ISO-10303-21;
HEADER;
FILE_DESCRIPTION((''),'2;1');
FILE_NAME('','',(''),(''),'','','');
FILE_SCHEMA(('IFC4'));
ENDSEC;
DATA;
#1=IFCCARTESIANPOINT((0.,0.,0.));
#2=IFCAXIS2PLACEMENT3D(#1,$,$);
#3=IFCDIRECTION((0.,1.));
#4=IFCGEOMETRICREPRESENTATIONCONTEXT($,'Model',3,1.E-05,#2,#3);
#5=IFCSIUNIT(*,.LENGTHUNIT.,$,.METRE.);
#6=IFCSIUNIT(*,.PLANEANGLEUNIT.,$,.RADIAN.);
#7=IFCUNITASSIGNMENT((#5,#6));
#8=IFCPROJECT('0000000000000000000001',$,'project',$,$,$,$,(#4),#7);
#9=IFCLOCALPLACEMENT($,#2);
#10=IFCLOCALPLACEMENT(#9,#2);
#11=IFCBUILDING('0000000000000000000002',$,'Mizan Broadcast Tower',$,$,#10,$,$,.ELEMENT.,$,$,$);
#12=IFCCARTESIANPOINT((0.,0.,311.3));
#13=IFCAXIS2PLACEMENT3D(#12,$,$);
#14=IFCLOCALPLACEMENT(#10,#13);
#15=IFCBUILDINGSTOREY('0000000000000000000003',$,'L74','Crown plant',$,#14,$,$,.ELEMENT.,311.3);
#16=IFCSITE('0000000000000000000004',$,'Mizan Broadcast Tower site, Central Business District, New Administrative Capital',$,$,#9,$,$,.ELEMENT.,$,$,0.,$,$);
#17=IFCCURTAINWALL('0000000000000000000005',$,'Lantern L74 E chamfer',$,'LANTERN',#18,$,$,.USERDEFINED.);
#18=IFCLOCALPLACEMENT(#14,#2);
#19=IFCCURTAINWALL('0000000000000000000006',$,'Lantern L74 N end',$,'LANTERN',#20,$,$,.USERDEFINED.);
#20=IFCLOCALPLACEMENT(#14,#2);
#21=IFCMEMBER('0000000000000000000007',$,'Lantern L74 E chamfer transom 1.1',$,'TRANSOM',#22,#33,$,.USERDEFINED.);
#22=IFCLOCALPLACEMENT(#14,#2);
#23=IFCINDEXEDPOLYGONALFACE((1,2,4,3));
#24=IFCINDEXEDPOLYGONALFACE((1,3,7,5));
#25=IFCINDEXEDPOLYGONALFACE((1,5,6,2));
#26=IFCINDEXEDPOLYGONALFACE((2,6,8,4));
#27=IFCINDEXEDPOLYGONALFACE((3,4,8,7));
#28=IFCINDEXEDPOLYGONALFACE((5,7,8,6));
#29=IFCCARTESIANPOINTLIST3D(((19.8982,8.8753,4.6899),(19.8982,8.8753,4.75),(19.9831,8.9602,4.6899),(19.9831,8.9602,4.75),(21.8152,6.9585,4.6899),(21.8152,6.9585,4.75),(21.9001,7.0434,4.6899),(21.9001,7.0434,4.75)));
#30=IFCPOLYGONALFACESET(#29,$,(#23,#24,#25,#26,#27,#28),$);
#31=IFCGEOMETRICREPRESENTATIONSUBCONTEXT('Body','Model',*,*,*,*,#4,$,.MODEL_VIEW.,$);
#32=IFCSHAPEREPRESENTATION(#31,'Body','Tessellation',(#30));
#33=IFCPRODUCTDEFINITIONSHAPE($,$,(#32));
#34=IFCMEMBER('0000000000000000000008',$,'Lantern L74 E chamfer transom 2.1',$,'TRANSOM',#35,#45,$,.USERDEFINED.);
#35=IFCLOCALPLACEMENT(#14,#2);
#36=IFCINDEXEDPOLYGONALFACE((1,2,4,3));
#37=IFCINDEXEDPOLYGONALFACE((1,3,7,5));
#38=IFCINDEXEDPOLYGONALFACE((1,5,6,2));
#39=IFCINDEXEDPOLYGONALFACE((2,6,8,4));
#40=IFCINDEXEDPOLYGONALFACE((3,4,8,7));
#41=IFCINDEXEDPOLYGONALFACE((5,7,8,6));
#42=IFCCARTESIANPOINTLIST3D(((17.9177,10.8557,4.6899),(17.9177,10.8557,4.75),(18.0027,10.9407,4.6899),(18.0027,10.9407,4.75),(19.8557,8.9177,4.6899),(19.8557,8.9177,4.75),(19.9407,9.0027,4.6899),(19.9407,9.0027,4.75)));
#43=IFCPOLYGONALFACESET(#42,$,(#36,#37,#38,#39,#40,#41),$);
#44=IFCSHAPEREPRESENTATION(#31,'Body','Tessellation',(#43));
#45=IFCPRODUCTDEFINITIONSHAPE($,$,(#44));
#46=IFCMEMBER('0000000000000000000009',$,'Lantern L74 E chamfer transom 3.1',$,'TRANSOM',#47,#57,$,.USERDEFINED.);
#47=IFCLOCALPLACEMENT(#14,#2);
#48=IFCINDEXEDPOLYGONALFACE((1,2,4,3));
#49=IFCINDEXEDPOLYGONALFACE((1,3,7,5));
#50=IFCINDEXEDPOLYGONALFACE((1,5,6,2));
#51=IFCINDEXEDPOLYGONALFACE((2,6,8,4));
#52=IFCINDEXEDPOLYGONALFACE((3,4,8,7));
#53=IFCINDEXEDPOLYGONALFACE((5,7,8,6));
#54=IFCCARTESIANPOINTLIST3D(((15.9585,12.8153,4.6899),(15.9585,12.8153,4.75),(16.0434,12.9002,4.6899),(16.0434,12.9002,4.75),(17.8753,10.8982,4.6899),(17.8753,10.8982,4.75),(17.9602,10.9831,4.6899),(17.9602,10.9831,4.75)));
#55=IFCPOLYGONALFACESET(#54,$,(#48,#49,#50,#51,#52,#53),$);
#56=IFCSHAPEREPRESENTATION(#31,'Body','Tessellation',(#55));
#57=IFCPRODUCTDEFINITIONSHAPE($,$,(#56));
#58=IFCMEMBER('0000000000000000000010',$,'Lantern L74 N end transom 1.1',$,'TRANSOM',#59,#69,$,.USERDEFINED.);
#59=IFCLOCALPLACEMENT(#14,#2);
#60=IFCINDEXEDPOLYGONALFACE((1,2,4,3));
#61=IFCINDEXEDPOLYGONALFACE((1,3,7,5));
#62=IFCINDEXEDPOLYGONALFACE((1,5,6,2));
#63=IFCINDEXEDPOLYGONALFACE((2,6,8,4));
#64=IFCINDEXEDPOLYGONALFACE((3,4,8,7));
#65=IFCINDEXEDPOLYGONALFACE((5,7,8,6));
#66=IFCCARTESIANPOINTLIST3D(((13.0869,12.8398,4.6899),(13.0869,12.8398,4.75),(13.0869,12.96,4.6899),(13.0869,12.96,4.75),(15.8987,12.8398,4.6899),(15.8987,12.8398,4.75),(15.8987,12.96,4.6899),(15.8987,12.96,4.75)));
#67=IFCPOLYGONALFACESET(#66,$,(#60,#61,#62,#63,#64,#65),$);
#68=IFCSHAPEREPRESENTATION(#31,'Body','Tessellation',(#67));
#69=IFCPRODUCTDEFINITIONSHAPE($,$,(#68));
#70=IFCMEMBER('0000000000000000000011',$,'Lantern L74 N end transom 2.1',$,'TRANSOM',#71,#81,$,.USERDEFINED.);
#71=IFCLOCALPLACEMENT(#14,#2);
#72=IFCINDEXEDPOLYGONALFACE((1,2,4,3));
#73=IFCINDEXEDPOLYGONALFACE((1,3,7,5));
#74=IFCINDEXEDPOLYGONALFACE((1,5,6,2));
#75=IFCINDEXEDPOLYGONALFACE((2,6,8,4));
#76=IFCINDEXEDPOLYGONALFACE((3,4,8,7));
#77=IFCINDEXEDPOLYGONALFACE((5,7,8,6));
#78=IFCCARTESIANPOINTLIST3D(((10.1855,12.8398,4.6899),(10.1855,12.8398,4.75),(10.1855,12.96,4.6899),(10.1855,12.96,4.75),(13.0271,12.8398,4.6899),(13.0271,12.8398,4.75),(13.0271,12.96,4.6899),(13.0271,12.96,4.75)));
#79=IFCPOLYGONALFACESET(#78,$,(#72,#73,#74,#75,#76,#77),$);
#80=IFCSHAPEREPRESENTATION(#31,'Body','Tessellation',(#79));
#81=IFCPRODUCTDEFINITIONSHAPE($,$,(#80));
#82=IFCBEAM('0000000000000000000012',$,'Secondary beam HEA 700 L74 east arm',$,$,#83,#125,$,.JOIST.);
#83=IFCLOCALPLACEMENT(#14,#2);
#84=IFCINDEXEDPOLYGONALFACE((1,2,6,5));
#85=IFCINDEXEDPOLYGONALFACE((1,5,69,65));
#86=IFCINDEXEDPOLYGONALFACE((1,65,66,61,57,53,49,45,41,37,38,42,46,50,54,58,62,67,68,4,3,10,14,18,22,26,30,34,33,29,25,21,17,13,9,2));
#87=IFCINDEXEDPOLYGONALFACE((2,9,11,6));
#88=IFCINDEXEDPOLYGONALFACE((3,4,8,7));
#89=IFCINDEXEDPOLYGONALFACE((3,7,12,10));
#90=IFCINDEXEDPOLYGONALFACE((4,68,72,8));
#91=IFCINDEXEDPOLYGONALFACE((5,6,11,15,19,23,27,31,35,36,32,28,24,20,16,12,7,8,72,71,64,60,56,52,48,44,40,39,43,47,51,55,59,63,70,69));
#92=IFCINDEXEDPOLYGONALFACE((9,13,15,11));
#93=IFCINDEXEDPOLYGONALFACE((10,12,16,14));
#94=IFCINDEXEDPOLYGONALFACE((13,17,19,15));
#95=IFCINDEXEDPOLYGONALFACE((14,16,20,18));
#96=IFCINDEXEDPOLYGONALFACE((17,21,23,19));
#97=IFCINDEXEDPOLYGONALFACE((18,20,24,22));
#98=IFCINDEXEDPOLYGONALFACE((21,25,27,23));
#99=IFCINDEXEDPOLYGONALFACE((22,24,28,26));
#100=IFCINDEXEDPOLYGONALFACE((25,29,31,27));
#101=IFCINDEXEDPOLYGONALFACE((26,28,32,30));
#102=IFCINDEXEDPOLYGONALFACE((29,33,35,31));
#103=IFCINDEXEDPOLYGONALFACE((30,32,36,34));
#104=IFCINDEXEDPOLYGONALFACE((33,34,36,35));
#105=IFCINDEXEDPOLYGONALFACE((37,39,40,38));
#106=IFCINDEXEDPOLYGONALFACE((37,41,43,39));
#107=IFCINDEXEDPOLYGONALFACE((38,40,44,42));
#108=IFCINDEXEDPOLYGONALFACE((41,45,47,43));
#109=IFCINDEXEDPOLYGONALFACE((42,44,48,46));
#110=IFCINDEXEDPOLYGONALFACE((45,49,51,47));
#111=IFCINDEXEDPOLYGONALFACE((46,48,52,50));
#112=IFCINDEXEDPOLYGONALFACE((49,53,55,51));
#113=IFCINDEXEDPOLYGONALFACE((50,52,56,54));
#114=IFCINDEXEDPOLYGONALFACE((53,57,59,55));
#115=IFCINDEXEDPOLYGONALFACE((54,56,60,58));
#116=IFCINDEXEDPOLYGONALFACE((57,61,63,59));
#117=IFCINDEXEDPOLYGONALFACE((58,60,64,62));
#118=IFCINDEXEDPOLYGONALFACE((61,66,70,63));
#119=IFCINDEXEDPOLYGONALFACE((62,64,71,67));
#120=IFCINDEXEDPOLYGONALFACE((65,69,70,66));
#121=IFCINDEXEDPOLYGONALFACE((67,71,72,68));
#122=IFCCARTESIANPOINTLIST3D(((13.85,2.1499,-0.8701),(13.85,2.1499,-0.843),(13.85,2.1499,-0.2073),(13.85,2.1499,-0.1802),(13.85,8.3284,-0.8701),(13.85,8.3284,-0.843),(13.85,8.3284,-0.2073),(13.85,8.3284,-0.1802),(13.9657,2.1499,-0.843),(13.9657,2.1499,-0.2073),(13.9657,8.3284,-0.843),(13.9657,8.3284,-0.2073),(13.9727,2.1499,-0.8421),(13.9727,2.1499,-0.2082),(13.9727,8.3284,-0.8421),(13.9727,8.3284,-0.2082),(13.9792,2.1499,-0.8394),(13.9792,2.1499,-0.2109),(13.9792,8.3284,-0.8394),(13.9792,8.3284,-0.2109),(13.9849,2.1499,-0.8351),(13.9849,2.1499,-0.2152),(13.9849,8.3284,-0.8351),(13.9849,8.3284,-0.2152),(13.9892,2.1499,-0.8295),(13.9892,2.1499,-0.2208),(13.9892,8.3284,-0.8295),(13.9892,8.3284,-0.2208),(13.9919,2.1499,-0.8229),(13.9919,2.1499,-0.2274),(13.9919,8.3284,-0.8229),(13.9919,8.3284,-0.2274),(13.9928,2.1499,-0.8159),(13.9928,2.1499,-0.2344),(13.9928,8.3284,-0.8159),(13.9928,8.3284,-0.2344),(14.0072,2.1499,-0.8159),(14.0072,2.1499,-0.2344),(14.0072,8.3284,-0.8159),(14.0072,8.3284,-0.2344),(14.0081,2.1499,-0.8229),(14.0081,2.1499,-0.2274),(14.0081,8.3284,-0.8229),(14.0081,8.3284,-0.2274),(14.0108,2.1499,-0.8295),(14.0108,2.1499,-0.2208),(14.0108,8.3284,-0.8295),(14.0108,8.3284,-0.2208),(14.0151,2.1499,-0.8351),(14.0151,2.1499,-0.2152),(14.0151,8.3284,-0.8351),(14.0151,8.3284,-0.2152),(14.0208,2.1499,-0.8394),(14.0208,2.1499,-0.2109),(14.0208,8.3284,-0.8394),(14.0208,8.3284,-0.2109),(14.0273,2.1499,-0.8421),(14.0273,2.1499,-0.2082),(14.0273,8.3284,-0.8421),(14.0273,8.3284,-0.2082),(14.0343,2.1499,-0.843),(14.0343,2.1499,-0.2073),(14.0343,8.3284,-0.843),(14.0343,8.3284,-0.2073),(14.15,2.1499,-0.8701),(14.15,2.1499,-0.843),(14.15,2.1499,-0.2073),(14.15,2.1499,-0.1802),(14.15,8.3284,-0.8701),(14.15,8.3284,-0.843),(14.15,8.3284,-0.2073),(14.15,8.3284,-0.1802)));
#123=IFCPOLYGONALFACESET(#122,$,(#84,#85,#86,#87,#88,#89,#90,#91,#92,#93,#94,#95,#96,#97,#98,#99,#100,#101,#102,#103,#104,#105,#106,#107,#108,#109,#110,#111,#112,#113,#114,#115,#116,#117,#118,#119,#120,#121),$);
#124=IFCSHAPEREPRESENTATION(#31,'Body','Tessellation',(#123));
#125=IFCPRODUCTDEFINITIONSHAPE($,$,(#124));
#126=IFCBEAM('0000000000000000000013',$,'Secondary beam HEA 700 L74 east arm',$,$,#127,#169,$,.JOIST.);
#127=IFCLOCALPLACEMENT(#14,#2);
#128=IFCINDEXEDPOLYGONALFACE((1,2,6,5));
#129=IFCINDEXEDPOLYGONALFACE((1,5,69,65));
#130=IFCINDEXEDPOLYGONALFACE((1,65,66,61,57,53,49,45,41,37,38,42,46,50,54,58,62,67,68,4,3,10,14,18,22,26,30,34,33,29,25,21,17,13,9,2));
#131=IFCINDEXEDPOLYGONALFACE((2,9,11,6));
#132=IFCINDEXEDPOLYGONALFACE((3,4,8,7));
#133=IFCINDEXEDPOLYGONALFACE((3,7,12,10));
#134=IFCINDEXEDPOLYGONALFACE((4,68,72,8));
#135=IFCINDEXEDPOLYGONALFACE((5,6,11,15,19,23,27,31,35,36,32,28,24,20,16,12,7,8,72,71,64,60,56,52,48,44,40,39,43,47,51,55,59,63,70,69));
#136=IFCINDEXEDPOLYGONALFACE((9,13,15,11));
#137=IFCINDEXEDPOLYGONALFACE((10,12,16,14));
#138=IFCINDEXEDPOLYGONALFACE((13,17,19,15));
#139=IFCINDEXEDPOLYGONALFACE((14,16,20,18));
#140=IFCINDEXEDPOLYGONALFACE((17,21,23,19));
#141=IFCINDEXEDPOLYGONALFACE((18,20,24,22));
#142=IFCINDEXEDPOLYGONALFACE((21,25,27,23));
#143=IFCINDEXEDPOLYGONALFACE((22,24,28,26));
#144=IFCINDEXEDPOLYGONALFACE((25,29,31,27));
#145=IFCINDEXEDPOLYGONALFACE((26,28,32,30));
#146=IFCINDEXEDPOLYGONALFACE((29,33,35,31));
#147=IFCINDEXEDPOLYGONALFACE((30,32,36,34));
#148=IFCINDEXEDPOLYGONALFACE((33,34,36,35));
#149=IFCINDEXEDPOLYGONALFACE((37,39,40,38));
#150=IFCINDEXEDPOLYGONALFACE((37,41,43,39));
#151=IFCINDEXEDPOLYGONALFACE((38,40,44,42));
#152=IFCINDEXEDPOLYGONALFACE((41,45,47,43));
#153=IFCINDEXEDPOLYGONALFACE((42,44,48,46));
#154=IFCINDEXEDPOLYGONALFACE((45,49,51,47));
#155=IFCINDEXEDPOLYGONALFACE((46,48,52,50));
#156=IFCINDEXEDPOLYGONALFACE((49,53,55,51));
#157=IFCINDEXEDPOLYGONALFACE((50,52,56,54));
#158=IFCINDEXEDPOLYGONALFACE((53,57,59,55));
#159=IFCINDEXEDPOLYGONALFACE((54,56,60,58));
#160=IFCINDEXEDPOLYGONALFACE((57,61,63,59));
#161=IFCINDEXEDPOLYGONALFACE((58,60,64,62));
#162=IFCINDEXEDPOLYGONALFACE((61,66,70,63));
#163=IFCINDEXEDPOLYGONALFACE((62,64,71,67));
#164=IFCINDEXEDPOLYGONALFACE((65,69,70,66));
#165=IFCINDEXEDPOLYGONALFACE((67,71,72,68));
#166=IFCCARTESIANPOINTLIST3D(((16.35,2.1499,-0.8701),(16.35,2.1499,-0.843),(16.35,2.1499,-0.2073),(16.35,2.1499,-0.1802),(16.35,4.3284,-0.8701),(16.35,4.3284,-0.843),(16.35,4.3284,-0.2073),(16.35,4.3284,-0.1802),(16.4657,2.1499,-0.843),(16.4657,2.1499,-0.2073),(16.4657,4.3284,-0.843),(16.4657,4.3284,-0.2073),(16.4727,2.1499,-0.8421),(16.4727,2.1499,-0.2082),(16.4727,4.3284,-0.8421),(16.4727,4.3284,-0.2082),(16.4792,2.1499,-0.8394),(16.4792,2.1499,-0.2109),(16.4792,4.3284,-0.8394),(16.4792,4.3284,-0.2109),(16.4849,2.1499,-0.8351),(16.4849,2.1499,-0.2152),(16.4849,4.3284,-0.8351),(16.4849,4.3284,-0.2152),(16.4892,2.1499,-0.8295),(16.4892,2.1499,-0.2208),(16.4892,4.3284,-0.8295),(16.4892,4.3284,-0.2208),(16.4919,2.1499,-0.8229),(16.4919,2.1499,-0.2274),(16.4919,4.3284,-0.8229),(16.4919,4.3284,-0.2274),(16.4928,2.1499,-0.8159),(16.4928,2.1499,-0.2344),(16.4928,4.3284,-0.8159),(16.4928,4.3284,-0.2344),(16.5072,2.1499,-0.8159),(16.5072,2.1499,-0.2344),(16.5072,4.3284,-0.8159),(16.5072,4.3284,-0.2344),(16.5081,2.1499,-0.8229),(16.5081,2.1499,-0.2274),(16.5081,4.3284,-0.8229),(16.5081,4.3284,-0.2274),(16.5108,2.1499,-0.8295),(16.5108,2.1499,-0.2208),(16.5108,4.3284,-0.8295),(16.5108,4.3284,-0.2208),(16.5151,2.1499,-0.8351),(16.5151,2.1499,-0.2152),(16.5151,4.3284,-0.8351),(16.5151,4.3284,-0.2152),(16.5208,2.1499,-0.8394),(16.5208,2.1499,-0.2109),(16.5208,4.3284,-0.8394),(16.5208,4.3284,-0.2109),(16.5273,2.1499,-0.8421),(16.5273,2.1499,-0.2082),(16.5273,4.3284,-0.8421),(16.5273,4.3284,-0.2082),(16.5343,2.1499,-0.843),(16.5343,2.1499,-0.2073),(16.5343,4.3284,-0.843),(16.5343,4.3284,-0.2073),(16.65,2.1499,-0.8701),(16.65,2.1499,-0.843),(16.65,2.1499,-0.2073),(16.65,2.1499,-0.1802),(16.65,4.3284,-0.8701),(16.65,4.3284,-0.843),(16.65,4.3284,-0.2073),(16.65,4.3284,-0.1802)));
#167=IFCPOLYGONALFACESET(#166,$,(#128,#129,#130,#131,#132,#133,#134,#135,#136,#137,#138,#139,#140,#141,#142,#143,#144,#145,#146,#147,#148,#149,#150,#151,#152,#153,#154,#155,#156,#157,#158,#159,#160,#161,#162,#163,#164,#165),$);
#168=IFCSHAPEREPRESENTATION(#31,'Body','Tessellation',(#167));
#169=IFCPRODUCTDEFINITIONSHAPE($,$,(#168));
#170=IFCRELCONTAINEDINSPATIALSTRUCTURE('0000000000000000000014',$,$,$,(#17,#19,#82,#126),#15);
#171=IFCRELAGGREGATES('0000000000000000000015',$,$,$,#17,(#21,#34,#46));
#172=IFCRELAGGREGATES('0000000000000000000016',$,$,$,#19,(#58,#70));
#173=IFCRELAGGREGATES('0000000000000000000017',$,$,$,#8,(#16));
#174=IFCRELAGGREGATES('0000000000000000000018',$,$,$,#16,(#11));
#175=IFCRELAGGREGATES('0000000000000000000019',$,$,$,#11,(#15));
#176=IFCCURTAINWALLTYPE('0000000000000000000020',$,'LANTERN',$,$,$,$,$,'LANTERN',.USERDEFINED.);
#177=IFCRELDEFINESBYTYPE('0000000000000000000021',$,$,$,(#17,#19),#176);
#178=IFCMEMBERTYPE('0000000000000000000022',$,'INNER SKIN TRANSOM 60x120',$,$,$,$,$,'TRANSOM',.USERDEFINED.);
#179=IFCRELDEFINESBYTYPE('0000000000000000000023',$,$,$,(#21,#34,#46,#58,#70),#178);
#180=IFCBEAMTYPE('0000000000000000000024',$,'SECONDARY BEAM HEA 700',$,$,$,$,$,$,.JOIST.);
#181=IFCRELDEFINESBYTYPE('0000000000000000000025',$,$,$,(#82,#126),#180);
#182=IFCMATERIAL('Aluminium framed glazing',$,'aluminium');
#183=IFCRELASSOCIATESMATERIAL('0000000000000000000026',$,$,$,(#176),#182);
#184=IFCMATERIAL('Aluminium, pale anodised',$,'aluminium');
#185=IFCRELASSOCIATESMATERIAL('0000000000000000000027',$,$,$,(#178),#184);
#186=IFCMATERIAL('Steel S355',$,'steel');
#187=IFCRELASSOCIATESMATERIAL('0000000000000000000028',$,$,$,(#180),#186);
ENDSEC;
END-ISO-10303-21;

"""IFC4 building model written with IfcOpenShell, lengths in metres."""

from ifc_helpers import new_model, si_unit, direction, frame, origin, origin_2d, place, context, subcontext, project, spatial, rectangle, i_section, extrude, material, material_profile, profile_set, type_object, element, aggregate, save


model = new_model("IFC4")

# Units and contexts
model_context = context("Model", 3, precision=1e-05, world=origin(), true_north=direction((0.0, 1.0)))
body_context = subcontext(model_context, "Body", "Model", "MODEL_VIEW")
ifc_project = project(units=[si_unit("LENGTHUNIT", "METRE"), si_unit("PLANEANGLEUNIT", "RADIAN")], contexts=[model_context])

# Site, building, storey
site_placement = place(None, origin())
site = spatial("IfcSite", under=ifc_project, at=site_placement, Name="Mizan Broadcast Tower site, Central Business District, New Administrative Capital", CompositionType="ELEMENT", RefElevation=0.0)
building_placement = place(site_placement, origin())
building = spatial("IfcBuilding", under=site, at=building_placement, Name="Mizan Broadcast Tower", CompositionType="ELEMENT")
storey_placement = place(building_placement, frame((0.0, 0.0, 311.3)))
storey = spatial("IfcBuildingStorey", under=building, at=storey_placement, Name="L74", Description="Crown plant", CompositionType="ELEMENT", Elevation=311.3)

# Curtain wall
ifc_material_1 = material(Name="Aluminium framed glazing", Category="aluminium")
curtain_wall_type = type_object("IfcCurtainWallType", Name="LANTERN", ElementType="LANTERN", PredefinedType="USERDEFINED", material=ifc_material_1)
curtain_wall_1_placement = place(storey_placement, origin())
curtain_wall_1 = element("IfcCurtainWall", 1, at=curtain_wall_1_placement, inside=storey, type_object=curtain_wall_type, Name="Lantern L74 E chamfer", ObjectType="LANTERN", PredefinedType="USERDEFINED")

# Curtain wall
curtain_wall_2_placement = place(storey_placement, origin())
curtain_wall_2 = element("IfcCurtainWall", 2, at=curtain_wall_2_placement, inside=storey, type_object=curtain_wall_type, Name="Lantern L74 N end", ObjectType="LANTERN", PredefinedType="USERDEFINED")

# Members
ifc_material_2 = material(Name="Aluminium, pale anodised", Category="aluminium")
ifc_material_profile_1 = material_profile(ifc_material_2, rectangle(XDim=0.1201, YDim=0.0601, at=origin_2d()), Name="TRANSOM 120x60")
ifc_profile_set_1 = profile_set([ifc_material_profile_1], Name="Aluminium, pale anodised")
member_type_1 = type_object("IfcMemberType", Name="INNER SKIN TRANSOM 60x120", ElementType="TRANSOM", PredefinedType="USERDEFINED", material=ifc_profile_set_1)
member_1_placement = place(storey_placement, frame((21.8577, 7.001, 4.72), z_axis=(-0.707152, 0.707062, 0.0), x_axis=(-0.707062, -0.707152, 0.0)))
member_1 = element("IfcMember", 3, at=member_1_placement, type_object=member_type_1, Name="Lantern L74 E chamfer transom 1.1", ObjectType="TRANSOM", PredefinedType="USERDEFINED", context=body_context, shape_type="SweptSolid", body=[
    extrude(rectangle(XDim=0.1201, YDim=0.0601, at=origin_2d()), origin(), (0.0, 0.0, 1.0), 2.7109),
])
member_2_placement = place(storey_placement, frame((19.8982, 8.9602, 4.72), z_axis=(-0.707107, 0.707107, 0.0), x_axis=(-0.707107, -0.707107, 0.0)))
member_2 = element("IfcMember", 4, at=member_2_placement, type_object=member_type_1, Name="Lantern L74 E chamfer transom 2.1", ObjectType="TRANSOM", PredefinedType="USERDEFINED", context=body_context, shape_type="SweptSolid", body=[
    extrude(rectangle(XDim=0.1201, YDim=0.0601, at=origin_2d()), origin(), (0.0, 0.0, 1.0), 2.7407),
])
member_3_placement = place(storey_placement, frame((17.9177, 10.9407, 4.72), z_axis=(-0.707062, 0.707152, 0.0), x_axis=(-0.707152, -0.707062, 0.0)))
member_3 = element("IfcMember", 5, at=member_3_placement, type_object=member_type_1, Name="Lantern L74 E chamfer transom 3.1", ObjectType="TRANSOM", PredefinedType="USERDEFINED", context=body_context, shape_type="SweptSolid", body=[
    extrude(rectangle(XDim=0.1201, YDim=0.0601, at=origin_2d()), origin(), (0.0, 0.0, 1.0), 2.7109),
])
member_4_placement = place(storey_placement, frame((15.8987, 12.8999, 4.72), z_axis=(-1.0, 0.0, 0.0), x_axis=(0.0, -1.0, 0.0)))
member_4 = element("IfcMember", 6, at=member_4_placement, type_object=member_type_1, Name="Lantern L74 N end transom 1.1", ObjectType="TRANSOM", PredefinedType="USERDEFINED", context=body_context, shape_type="SweptSolid", body=[
    extrude(rectangle(XDim=0.1201, YDim=0.0601, at=origin_2d()), origin(), (0.0, 0.0, 1.0), 2.8118),
])
member_5_placement = place(storey_placement, frame((13.0271, 12.8999, 4.72), z_axis=(-1.0, 0.0, 0.0), x_axis=(0.0, -1.0, 0.0)))
member_5 = element("IfcMember", 7, at=member_5_placement, type_object=member_type_1, Name="Lantern L74 N end transom 2.1", ObjectType="TRANSOM", PredefinedType="USERDEFINED", context=body_context, shape_type="SweptSolid", body=[
    extrude(rectangle(XDim=0.1201, YDim=0.0601, at=origin_2d()), origin(), (0.0, 0.0, 1.0), 2.8416),
])

# Beams
ifc_material_3 = material(Name="Steel S355", Category="steel")
ifc_material_profile_2 = material_profile(ifc_material_3, i_section(OverallWidth=0.3, OverallDepth=0.6899, WebThickness=0.0144, FlangeThickness=0.0271, FilletRadius=0.0271, at=origin_2d()), Name="HEA 700")
ifc_profile_set_2 = profile_set([ifc_material_profile_2], Name="Steel S355")
beam_type_1 = type_object("IfcBeamType", Name="SECONDARY BEAM HEA 700", PredefinedType="JOIST", material=ifc_profile_set_2)
beam_1_placement = place(storey_placement, frame((14.0, 8.3284, -0.5251), z_axis=(0.0, -1.0, 0.0), x_axis=(1.0, 0.0, 0.0)))
element("IfcBeam", 8, at=beam_1_placement, inside=storey, type_object=beam_type_1, Name="Secondary beam HEA 700 L74 east arm", PredefinedType="JOIST", context=body_context, shape_type="SweptSolid", body=[
    extrude(i_section(OverallWidth=0.3, OverallDepth=0.6899, WebThickness=0.0144, FlangeThickness=0.0271, FilletRadius=0.0271, at=origin_2d()), origin(), (0.0, 0.0, 1.0), 6.1785),
])
beam_2_placement = place(storey_placement, frame((16.5, 4.3284, -0.5251), z_axis=(0.0, -1.0, 0.0), x_axis=(1.0, 0.0, 0.0)))
element("IfcBeam", 9, at=beam_2_placement, inside=storey, type_object=beam_type_1, Name="Secondary beam HEA 700 L74 east arm", PredefinedType="JOIST", context=body_context, shape_type="SweptSolid", body=[
    extrude(i_section(OverallWidth=0.3, OverallDepth=0.6899, WebThickness=0.0144, FlangeThickness=0.0271, FilletRadius=0.0271, at=origin_2d()), origin(), (0.0, 0.0, 1.0), 2.1785),
])

aggregate(curtain_wall_1, [member_1, member_2, member_3])
aggregate(curtain_wall_2, [member_4, member_5])

save(model, "model.ifc")
